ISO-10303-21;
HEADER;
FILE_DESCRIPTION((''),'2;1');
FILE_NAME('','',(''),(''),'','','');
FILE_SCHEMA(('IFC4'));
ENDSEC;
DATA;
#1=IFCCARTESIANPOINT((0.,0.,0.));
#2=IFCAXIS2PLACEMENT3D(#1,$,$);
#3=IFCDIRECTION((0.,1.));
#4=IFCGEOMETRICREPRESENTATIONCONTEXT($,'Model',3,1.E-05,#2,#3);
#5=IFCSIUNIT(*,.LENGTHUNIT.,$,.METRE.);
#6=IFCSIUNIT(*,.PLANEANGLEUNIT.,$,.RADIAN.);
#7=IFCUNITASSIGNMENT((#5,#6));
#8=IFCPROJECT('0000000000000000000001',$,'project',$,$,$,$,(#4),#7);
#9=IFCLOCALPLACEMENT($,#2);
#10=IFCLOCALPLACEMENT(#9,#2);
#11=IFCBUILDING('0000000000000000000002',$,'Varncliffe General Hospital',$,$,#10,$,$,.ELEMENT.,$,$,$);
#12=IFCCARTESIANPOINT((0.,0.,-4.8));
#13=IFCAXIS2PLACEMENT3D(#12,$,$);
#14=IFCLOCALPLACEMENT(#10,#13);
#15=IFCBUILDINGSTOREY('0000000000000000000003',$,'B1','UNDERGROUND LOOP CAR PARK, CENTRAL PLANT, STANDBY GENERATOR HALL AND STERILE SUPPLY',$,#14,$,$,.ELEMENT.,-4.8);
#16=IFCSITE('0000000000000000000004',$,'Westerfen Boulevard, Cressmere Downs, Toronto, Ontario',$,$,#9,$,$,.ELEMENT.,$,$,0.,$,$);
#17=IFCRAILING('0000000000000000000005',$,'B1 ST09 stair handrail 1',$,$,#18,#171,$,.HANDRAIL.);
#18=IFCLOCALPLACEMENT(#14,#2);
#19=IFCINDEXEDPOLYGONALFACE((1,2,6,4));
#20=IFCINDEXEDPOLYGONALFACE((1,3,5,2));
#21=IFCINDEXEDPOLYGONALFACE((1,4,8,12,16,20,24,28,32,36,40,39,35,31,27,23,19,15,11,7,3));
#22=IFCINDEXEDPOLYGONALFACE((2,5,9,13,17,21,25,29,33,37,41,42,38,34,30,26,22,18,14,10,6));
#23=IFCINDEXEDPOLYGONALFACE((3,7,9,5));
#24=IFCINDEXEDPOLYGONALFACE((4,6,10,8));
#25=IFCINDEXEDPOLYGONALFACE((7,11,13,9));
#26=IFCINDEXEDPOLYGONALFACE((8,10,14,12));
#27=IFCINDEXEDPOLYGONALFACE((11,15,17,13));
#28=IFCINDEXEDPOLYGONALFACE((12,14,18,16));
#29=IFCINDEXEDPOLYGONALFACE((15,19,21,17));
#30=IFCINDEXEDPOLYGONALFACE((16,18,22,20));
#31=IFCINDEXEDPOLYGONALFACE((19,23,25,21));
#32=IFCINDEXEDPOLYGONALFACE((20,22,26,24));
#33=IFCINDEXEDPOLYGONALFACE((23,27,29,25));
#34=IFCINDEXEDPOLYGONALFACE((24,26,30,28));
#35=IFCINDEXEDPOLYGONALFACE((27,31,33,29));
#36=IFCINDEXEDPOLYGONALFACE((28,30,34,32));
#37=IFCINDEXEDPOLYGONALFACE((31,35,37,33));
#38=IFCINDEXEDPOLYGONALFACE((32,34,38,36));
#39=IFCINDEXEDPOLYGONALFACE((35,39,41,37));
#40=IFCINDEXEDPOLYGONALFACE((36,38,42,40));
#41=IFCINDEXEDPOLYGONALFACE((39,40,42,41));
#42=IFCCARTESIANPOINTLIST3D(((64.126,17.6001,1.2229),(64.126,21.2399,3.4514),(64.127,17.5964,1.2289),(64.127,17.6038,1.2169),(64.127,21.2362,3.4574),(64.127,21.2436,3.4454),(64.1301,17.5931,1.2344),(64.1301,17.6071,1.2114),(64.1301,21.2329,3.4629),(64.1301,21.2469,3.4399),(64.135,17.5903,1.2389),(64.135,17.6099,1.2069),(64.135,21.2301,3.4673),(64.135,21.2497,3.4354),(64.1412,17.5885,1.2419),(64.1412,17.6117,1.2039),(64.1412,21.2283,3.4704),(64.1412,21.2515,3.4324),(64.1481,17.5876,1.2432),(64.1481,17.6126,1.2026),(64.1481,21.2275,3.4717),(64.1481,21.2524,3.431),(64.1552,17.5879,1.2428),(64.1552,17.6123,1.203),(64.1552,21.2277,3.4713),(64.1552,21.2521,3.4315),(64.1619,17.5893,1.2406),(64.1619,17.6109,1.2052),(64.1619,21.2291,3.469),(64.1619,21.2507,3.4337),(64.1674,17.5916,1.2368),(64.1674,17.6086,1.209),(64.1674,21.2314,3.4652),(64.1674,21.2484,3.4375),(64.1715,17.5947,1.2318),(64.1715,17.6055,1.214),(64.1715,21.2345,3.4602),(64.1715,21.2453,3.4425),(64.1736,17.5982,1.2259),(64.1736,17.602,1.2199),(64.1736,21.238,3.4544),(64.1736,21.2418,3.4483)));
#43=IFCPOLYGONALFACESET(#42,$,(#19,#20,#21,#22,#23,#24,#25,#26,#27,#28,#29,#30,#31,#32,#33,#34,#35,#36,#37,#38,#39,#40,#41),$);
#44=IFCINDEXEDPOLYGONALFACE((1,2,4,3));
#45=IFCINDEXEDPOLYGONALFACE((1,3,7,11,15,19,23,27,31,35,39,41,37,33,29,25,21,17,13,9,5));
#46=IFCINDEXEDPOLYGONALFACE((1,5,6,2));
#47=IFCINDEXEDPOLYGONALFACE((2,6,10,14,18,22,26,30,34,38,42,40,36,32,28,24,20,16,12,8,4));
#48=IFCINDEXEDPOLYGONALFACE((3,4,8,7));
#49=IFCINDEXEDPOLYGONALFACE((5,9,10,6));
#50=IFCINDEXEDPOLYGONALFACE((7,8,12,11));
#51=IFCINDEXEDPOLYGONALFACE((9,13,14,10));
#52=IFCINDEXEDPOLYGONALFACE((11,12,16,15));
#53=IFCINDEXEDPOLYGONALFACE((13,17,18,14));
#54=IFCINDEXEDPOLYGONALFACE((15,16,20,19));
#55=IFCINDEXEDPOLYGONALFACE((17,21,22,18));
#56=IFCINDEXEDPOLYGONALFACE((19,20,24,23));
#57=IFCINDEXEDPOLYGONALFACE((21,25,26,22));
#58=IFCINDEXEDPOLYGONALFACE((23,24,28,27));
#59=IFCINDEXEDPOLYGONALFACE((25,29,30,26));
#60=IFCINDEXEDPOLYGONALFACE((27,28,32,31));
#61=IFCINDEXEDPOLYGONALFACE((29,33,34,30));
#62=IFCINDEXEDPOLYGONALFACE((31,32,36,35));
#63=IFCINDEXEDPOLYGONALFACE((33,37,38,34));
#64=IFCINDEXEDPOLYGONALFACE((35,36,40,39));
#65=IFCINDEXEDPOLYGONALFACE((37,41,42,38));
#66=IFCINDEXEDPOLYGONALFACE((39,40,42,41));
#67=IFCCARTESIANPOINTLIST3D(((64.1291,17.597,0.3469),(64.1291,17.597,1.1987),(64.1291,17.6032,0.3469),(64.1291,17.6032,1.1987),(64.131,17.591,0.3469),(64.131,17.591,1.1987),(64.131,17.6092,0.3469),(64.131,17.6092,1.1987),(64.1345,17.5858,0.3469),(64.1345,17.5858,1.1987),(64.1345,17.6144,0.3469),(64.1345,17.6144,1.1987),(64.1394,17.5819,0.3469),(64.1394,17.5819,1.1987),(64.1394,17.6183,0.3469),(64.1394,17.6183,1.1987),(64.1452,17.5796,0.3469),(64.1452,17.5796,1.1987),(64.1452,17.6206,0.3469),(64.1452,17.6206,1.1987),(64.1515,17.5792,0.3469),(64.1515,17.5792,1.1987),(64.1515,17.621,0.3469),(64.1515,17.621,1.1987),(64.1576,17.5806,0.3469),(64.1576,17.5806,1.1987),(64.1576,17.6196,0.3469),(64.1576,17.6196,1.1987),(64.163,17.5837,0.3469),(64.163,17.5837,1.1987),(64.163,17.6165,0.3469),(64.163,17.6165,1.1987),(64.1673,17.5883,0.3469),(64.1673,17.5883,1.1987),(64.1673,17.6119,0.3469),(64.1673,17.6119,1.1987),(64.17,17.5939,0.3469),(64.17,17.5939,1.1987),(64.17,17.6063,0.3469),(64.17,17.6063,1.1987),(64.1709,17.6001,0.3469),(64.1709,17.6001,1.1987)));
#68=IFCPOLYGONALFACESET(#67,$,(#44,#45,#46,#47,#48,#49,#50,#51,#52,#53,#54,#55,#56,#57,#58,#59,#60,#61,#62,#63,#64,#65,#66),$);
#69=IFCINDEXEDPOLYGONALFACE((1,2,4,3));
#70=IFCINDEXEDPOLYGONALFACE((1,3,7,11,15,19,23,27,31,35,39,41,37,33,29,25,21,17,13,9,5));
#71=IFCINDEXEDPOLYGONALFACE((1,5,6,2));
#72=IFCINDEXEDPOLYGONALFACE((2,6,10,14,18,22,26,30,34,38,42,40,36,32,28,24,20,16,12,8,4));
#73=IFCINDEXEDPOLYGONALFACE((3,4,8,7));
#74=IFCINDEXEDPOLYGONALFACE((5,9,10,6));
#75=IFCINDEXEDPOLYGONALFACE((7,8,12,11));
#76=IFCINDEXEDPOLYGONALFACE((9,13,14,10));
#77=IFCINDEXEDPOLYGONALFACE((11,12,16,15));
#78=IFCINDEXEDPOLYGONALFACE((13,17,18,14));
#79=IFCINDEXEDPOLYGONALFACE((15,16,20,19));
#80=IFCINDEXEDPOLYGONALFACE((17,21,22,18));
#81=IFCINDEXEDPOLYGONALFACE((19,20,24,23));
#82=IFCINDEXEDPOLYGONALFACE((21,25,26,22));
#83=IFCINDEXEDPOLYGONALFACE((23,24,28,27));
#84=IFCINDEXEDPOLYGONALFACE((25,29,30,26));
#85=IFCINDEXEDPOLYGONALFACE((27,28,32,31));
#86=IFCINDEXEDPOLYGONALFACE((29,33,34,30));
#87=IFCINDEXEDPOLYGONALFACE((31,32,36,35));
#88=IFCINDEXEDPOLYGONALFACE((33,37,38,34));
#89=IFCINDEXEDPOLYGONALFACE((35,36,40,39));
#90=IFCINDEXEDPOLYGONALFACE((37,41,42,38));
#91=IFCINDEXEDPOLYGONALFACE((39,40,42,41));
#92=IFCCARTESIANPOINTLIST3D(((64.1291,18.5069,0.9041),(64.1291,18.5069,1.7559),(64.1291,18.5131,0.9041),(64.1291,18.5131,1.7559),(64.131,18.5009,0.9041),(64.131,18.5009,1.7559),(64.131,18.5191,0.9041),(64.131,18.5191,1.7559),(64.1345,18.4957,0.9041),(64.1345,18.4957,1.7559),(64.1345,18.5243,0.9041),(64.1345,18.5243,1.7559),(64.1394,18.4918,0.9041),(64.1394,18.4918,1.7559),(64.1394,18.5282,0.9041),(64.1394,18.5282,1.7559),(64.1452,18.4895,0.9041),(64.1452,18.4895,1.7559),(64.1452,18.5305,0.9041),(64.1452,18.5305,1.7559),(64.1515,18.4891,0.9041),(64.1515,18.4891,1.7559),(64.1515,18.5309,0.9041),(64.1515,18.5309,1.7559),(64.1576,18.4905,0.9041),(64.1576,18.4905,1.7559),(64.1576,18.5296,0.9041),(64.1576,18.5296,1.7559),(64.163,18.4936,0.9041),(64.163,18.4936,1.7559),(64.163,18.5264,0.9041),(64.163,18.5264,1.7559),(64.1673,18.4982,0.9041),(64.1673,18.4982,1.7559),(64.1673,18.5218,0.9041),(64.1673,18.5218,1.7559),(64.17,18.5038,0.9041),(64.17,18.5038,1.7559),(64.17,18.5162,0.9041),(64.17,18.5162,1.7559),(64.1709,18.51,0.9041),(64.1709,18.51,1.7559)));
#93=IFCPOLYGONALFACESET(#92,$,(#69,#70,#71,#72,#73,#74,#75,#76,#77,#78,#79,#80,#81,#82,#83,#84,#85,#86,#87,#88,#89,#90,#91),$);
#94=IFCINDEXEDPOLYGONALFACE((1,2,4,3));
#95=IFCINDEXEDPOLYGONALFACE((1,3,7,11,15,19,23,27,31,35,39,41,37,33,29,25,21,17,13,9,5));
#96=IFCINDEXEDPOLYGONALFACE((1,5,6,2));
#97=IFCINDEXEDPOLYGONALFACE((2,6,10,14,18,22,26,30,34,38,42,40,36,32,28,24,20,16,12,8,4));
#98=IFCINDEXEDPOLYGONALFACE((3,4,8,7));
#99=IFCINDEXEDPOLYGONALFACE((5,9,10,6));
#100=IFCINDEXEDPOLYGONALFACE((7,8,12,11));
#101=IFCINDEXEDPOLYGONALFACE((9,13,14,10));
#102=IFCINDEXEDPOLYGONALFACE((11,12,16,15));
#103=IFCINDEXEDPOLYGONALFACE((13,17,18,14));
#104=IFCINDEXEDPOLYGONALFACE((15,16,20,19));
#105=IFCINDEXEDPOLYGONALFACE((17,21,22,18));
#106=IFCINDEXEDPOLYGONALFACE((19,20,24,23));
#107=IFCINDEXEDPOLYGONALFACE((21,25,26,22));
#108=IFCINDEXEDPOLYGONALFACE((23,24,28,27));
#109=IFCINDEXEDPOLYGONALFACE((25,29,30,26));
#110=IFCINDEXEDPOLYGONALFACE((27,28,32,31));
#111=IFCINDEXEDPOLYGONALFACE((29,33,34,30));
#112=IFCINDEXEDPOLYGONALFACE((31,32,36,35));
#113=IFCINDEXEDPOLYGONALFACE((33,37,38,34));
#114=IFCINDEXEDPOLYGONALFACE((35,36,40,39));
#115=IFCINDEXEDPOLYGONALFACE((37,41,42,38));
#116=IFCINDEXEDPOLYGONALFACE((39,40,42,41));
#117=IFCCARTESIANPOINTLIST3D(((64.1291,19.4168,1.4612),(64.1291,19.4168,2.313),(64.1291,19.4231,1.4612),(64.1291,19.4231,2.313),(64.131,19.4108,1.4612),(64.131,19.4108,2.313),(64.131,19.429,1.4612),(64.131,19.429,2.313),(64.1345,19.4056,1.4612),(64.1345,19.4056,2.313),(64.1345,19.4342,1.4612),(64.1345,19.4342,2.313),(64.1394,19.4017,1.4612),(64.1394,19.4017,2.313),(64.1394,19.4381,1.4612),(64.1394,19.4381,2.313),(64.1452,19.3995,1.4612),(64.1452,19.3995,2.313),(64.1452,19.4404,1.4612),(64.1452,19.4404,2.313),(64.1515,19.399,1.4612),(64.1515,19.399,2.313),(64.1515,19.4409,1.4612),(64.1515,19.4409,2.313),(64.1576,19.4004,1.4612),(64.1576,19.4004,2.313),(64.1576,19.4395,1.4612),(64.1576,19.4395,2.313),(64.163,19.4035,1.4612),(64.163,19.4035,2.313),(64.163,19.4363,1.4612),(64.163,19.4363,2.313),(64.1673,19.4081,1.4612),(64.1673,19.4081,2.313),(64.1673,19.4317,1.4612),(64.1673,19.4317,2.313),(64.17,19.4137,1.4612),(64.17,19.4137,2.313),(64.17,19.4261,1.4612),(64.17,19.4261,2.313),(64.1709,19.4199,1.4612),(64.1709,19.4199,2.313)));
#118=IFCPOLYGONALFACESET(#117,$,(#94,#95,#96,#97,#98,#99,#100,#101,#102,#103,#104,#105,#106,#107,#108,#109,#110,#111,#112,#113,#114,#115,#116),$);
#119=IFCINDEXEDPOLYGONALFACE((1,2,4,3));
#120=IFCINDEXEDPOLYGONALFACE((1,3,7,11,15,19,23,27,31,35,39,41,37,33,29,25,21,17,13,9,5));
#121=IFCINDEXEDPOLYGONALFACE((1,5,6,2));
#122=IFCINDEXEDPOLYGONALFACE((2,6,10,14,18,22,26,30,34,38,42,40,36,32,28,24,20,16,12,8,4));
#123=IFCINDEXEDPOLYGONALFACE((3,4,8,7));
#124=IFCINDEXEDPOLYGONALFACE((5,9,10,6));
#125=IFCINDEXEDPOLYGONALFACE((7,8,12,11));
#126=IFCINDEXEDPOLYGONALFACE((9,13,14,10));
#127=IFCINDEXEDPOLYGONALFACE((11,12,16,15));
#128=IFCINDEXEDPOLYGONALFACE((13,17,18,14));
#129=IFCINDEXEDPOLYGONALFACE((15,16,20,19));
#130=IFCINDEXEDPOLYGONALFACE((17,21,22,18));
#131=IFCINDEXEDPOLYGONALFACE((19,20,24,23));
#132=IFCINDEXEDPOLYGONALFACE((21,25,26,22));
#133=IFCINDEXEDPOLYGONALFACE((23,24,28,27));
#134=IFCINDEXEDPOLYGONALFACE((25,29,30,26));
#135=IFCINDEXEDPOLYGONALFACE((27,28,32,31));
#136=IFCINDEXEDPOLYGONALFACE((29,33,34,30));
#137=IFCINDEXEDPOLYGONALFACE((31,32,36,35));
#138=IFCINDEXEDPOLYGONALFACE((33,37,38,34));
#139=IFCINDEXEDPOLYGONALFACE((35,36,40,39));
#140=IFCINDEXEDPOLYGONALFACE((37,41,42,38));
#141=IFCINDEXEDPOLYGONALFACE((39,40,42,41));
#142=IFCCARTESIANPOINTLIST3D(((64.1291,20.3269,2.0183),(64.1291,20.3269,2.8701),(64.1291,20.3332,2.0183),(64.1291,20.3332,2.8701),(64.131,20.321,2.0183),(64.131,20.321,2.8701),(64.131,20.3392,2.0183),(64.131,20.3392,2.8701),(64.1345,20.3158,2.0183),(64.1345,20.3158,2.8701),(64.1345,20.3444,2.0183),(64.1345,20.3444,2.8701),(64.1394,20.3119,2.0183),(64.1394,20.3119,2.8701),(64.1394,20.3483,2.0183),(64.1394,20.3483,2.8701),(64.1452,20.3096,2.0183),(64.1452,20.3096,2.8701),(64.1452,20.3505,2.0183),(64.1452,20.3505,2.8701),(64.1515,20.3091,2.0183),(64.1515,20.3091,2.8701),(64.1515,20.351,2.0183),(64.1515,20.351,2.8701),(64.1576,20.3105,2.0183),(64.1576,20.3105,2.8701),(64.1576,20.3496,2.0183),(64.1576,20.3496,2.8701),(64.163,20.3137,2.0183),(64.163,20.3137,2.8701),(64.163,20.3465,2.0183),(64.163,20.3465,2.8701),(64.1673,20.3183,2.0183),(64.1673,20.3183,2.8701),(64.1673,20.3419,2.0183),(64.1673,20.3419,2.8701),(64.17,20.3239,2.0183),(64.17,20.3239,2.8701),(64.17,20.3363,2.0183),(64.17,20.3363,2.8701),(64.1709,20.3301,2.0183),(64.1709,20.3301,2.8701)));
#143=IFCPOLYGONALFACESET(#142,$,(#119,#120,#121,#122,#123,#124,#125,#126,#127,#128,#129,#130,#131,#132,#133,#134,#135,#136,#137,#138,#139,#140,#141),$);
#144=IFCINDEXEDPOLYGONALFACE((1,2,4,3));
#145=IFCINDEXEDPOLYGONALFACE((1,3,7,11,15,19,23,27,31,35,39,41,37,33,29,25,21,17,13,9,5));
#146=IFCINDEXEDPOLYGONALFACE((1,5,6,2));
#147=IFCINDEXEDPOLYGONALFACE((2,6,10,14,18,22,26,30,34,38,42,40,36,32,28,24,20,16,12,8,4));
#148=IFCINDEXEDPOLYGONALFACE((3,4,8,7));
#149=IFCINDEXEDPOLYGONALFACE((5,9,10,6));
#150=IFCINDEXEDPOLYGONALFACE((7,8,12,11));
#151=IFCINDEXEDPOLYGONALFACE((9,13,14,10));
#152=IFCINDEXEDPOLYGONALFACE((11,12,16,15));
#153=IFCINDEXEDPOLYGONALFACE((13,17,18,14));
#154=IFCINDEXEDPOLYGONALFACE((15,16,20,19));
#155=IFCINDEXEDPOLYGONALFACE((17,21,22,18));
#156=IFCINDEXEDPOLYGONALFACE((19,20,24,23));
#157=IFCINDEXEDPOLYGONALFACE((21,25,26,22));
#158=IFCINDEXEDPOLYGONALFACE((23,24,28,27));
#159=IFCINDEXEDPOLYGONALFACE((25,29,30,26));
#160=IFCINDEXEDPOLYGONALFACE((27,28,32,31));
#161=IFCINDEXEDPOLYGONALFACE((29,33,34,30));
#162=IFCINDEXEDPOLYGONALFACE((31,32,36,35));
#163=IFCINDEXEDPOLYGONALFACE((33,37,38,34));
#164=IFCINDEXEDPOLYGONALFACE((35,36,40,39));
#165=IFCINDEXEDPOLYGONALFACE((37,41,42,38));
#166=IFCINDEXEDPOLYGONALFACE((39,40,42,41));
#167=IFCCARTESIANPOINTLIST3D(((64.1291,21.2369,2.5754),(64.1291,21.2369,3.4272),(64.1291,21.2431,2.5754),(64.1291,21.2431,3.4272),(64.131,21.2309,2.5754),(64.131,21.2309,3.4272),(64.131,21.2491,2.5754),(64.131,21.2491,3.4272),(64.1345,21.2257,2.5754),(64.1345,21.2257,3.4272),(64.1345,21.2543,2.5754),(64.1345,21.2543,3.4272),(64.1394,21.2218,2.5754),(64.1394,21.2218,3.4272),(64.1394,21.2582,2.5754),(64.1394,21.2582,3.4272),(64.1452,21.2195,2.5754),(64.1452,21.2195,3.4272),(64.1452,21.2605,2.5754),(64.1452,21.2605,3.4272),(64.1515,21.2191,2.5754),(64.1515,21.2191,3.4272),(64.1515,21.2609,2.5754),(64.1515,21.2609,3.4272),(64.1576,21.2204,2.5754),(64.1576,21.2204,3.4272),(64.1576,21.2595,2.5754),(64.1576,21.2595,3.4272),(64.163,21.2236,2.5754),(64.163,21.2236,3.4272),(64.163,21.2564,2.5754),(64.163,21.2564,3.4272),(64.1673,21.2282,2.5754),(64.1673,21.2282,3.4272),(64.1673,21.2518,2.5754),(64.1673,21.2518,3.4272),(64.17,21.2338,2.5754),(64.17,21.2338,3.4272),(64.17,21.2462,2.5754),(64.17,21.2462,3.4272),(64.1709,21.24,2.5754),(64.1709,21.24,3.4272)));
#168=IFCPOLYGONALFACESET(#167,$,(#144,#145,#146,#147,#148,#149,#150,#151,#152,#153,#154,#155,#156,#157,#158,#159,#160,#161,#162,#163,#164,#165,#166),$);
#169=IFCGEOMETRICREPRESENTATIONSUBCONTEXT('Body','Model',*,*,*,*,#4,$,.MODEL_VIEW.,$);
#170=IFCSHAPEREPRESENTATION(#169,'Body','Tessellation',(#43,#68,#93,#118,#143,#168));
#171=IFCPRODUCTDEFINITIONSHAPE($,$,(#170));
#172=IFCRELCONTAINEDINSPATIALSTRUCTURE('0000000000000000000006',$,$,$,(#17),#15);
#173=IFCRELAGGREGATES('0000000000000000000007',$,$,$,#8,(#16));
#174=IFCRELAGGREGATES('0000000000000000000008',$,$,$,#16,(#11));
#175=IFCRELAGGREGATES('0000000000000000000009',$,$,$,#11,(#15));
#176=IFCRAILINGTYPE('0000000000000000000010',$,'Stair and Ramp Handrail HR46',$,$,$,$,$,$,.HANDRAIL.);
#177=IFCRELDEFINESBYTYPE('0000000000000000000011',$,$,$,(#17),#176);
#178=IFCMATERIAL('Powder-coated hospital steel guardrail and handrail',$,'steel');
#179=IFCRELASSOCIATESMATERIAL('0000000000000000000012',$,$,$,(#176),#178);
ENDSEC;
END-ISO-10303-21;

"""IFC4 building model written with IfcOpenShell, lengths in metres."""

from ifc_helpers import new_model, si_unit, direction, frame, origin, origin_2d, place, context, subcontext, project, spatial, circle, extrude, material, type_object, element, save


model = new_model("IFC4")

# Units and contexts
model_context = context("Model", 3, precision=1e-05, world=origin(), true_north=direction((0.0, 1.0)))
body_context = subcontext(model_context, "Body", "Model", "MODEL_VIEW")
ifc_project = project(units=[si_unit("LENGTHUNIT", "METRE"), si_unit("PLANEANGLEUNIT", "RADIAN")], contexts=[model_context])

# Site, building, storey
site_placement = place(None, origin())
site = spatial("IfcSite", under=ifc_project, at=site_placement, Name="Westerfen Boulevard, Cressmere Downs, Toronto, Ontario", CompositionType="ELEMENT", RefElevation=0.0)
building_placement = place(site_placement, origin())
building = spatial("IfcBuilding", under=site, at=building_placement, Name="Varncliffe General Hospital", CompositionType="ELEMENT")
storey_placement = place(building_placement, frame((0.0, 0.0, -4.8)))
storey = spatial("IfcBuildingStorey", under=building, at=storey_placement, Name="B1", Description="UNDERGROUND LOOP CAR PARK, CENTRAL PLANT, STANDBY GENERATOR HALL AND STERILE SUPPLY", CompositionType="ELEMENT", Elevation=-4.8)

# Railing
ifc_material_1 = material(Name="Powder-coated hospital steel guardrail and handrail", Category="steel")
railing_type_1 = type_object("IfcRailingType", Name="Stair and Ramp Handrail HR46", PredefinedType="HANDRAIL", material=ifc_material_1)
railing_1_placement = place(storey_placement, frame((64.1499, 17.6001, 0.3469)))
element("IfcRailing", 1, at=railing_1_placement, inside=storey, type_object=railing_type_1, Name="B1 ST09 stair handrail 1", PredefinedType="HANDRAIL", context=body_context, shape_type="SweptSolid", body=[
    extrude(circle(Radius=0.0239, at=origin_2d()), frame((0.0, 0.0, 0.876), z_axis=(0.0, 0.85285, 0.522156), x_axis=(-1.0, 0.0, 0.0)), (0.0, 0.0, 1.0), 4.2678),
    extrude(circle(Radius=0.021, at=origin_2d()), origin(), (0.0, 0.0, 1.0), 0.8518),
    extrude(circle(Radius=0.021, at=origin_2d()), frame((0.0, 0.9099, 0.5571)), (0.0, 0.0, 1.0), 0.8518),
    extrude(circle(Radius=0.021, at=origin_2d()), frame((0.0, 1.8198, 1.1143)), (0.0, 0.0, 1.0), 0.8518),
    extrude(circle(Radius=0.021, at=origin_2d()), frame((0.0, 2.73, 1.6714)), (0.0, 0.0, 1.0), 0.8518),
    extrude(circle(Radius=0.021, at=origin_2d()), frame((0.0, 3.6399, 2.2285)), (0.0, 0.0, 1.0), 0.8518),
])

save(model, "model.ifc")
